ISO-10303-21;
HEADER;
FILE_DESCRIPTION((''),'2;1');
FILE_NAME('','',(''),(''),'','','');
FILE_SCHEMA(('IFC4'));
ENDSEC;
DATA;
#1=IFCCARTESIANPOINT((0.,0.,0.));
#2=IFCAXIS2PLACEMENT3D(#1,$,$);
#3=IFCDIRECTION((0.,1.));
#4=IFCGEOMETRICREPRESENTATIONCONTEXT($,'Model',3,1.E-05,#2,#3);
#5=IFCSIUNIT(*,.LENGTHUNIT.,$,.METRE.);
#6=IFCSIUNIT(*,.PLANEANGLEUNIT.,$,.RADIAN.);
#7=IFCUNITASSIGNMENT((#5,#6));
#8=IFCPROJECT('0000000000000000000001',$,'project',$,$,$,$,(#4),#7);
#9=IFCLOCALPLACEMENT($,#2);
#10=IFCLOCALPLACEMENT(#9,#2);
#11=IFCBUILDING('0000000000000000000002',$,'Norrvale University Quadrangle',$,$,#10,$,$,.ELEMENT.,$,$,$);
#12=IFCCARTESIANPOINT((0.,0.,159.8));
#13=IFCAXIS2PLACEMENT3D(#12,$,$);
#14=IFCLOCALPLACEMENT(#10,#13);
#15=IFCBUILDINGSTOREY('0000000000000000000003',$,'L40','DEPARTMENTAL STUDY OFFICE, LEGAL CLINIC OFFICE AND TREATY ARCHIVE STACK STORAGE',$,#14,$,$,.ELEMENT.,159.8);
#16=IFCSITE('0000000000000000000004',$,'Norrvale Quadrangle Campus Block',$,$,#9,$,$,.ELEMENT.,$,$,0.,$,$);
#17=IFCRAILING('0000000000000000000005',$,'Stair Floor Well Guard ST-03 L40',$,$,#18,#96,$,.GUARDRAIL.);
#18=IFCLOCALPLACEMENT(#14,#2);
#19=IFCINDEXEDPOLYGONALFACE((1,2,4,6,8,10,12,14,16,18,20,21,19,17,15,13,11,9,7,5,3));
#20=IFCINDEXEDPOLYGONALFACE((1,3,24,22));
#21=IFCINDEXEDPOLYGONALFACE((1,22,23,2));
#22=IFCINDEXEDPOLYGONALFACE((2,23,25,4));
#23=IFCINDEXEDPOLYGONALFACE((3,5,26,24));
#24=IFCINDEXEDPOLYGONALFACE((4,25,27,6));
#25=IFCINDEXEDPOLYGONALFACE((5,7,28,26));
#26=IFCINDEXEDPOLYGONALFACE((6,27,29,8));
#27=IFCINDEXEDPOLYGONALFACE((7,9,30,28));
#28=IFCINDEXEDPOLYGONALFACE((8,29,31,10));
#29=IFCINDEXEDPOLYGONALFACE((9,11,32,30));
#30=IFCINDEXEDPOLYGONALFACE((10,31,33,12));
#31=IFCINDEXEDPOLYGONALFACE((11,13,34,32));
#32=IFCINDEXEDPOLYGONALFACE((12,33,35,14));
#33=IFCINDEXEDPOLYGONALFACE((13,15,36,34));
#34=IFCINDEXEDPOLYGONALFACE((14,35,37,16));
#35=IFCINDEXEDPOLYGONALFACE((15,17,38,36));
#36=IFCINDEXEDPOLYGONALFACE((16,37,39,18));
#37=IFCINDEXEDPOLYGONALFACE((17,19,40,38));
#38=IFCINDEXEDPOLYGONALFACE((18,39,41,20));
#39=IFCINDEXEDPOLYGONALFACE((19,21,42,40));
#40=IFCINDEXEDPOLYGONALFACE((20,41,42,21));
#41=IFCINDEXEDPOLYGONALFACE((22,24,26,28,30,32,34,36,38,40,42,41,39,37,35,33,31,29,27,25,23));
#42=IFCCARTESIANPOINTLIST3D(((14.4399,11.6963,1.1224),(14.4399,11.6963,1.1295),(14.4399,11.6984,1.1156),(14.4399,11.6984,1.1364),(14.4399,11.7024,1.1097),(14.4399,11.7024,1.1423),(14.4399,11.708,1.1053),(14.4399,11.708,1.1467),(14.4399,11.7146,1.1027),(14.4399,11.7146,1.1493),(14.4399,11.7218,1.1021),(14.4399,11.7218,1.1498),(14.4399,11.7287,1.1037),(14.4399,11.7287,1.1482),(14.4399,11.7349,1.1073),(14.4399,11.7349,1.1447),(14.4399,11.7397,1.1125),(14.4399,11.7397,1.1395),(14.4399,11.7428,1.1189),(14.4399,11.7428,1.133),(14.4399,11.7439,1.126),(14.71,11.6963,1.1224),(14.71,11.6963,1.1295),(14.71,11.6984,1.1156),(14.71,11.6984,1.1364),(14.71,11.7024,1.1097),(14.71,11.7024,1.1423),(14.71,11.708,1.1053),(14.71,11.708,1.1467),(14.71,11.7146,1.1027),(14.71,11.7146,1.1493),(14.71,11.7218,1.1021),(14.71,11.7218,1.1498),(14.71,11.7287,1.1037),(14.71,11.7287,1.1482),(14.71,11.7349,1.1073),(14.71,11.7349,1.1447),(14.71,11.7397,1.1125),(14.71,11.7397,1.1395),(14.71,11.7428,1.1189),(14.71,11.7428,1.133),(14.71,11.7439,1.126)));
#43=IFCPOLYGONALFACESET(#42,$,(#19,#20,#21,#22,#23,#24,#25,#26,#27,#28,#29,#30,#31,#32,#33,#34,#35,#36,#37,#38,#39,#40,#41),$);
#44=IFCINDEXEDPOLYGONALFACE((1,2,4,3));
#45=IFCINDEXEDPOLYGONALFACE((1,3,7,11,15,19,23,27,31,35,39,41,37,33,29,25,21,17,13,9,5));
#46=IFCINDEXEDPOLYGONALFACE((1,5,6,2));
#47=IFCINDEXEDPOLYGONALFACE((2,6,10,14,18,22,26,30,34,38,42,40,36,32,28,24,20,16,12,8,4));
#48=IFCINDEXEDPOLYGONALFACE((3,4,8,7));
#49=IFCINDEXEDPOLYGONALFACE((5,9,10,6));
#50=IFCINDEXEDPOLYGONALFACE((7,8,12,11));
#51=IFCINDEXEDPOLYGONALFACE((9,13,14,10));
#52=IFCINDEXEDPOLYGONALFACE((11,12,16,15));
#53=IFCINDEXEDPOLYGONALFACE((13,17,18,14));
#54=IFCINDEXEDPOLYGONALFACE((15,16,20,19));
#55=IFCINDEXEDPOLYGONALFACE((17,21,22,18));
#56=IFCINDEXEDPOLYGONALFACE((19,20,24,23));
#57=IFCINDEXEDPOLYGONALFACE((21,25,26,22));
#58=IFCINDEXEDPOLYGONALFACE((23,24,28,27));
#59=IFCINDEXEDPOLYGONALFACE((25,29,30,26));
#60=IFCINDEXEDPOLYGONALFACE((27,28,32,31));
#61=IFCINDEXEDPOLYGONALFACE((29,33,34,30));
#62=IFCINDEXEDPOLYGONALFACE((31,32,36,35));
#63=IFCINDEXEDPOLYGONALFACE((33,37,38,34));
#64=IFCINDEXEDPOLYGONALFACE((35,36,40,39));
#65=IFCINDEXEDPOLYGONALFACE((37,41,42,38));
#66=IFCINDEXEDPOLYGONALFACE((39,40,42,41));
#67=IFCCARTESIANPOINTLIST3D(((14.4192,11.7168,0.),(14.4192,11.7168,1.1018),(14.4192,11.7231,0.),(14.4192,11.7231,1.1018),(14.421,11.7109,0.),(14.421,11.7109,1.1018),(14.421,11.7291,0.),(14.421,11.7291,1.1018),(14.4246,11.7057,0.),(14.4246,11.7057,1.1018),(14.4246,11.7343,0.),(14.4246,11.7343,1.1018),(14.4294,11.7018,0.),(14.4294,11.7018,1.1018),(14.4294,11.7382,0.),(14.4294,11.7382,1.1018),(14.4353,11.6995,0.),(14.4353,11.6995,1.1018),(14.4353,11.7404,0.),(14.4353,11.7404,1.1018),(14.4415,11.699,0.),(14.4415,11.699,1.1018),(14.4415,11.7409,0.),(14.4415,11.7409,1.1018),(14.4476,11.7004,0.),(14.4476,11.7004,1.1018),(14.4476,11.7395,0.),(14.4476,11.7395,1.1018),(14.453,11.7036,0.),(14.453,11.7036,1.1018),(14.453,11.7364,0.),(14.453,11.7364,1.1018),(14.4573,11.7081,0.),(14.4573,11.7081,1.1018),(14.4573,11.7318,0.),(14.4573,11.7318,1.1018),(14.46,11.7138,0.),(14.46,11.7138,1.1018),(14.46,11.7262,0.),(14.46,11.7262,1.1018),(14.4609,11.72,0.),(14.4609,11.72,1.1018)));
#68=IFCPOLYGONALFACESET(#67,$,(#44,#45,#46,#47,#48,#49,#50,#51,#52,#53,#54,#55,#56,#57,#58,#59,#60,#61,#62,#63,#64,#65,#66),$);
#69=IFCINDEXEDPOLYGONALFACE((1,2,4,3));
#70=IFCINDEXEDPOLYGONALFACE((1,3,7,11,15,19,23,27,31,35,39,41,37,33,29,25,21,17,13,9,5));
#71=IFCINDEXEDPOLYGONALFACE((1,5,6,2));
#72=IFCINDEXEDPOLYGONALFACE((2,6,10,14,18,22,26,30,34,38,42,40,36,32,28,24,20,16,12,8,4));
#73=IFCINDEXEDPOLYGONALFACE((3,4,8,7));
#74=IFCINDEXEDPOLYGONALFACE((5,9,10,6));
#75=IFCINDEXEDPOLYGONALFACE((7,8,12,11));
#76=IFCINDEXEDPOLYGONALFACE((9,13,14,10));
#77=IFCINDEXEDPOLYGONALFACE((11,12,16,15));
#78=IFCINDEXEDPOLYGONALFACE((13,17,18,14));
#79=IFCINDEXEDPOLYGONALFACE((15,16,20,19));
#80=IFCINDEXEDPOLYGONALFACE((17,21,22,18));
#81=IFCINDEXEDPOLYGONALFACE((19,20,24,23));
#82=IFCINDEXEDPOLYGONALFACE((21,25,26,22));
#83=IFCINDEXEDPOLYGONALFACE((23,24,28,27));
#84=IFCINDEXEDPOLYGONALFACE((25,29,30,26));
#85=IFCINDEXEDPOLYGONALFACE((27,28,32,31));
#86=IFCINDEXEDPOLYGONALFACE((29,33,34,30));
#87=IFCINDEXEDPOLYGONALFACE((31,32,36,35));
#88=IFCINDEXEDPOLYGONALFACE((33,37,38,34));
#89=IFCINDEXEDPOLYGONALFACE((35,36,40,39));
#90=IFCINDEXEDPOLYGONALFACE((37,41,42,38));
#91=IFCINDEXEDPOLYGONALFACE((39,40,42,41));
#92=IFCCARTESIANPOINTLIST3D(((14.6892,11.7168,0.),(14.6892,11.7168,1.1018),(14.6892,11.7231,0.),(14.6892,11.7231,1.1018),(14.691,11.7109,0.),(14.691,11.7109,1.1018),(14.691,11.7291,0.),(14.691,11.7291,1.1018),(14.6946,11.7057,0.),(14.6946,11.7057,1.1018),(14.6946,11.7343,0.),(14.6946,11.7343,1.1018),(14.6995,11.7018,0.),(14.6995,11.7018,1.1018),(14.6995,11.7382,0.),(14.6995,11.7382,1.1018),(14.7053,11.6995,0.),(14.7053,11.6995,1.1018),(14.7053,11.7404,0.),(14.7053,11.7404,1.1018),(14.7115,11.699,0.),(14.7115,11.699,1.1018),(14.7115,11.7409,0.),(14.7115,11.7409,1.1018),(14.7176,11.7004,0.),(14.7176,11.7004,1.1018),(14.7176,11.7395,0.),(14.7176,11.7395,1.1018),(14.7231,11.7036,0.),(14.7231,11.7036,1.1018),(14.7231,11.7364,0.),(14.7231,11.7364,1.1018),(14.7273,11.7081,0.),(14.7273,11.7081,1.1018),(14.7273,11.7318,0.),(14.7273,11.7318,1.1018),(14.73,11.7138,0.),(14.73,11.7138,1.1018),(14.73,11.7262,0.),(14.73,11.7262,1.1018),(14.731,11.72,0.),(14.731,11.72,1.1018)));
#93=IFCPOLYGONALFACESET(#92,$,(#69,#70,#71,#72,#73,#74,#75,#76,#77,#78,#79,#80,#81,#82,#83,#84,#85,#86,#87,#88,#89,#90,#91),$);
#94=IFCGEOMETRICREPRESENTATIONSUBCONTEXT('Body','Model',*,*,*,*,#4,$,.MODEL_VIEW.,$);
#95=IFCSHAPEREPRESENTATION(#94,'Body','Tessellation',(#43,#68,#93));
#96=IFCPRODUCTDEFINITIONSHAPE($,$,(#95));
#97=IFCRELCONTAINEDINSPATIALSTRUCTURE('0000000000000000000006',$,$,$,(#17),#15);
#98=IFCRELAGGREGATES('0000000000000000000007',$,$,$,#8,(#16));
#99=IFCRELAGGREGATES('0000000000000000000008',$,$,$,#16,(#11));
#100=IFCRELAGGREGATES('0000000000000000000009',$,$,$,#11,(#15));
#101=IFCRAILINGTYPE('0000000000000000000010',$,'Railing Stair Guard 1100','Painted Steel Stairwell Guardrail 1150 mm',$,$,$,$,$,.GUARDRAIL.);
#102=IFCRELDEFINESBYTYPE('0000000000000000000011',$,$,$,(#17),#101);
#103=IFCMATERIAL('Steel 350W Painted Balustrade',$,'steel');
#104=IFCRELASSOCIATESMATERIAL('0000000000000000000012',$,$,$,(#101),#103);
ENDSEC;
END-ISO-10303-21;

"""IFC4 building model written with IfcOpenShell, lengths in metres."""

from ifc_helpers import new_model, si_unit, direction, frame, origin, origin_2d, place, context, subcontext, project, spatial, circle, extrude, material, type_object, element, save


model = new_model("IFC4")

# Units and contexts
model_context = context("Model", 3, precision=1e-05, world=origin(), true_north=direction((0.0, 1.0)))
body_context = subcontext(model_context, "Body", "Model", "MODEL_VIEW")
ifc_project = project(units=[si_unit("LENGTHUNIT", "METRE"), si_unit("PLANEANGLEUNIT", "RADIAN")], contexts=[model_context])

# Site, building, storey
site_placement = place(None, origin())
site = spatial("IfcSite", under=ifc_project, at=site_placement, Name="Norrvale Quadrangle Campus Block", CompositionType="ELEMENT", RefElevation=0.0)
building_placement = place(site_placement, origin())
building = spatial("IfcBuilding", under=site, at=building_placement, Name="Norrvale University Quadrangle", CompositionType="ELEMENT")
storey_placement = place(building_placement, frame((0.0, 0.0, 159.8)))
storey = spatial("IfcBuildingStorey", under=building, at=storey_placement, Name="L40", Description="DEPARTMENTAL STUDY OFFICE, LEGAL CLINIC OFFICE AND TREATY ARCHIVE STACK STORAGE", CompositionType="ELEMENT", Elevation=159.8)

# Railing
ifc_material_1 = material(Name="Steel 350W Painted Balustrade", Category="steel")
railing_type_1 = type_object("IfcRailingType", Name="Railing Stair Guard 1100", Description="Painted Steel Stairwell Guardrail 1150 mm", PredefinedType="GUARDRAIL", material=ifc_material_1)
railing_1_placement = place(storey_placement, frame((14.4399, 11.72, 0.0)))
element("IfcRailing", 1, at=railing_1_placement, inside=storey, type_object=railing_type_1, Name="Stair Floor Well Guard ST-03 L40", PredefinedType="GUARDRAIL", context=body_context, shape_type="SweptSolid", body=[
    extrude(circle(Radius=0.0239, at=origin_2d()), frame((0.0, 0.0, 1.126), z_axis=(1.0, 0.0, 0.0), x_axis=(0.0, 1.0, 0.0)), (0.0, 0.0, 1.0), 0.27),
    extrude(circle(Radius=0.021, at=origin_2d()), origin(), (0.0, 0.0, 1.0), 1.1018),
    extrude(circle(Radius=0.021, at=origin_2d()), frame((0.27, 0.0, 0.0)), (0.0, 0.0, 1.0), 1.1018),
])

save(model, "model.ifc")
